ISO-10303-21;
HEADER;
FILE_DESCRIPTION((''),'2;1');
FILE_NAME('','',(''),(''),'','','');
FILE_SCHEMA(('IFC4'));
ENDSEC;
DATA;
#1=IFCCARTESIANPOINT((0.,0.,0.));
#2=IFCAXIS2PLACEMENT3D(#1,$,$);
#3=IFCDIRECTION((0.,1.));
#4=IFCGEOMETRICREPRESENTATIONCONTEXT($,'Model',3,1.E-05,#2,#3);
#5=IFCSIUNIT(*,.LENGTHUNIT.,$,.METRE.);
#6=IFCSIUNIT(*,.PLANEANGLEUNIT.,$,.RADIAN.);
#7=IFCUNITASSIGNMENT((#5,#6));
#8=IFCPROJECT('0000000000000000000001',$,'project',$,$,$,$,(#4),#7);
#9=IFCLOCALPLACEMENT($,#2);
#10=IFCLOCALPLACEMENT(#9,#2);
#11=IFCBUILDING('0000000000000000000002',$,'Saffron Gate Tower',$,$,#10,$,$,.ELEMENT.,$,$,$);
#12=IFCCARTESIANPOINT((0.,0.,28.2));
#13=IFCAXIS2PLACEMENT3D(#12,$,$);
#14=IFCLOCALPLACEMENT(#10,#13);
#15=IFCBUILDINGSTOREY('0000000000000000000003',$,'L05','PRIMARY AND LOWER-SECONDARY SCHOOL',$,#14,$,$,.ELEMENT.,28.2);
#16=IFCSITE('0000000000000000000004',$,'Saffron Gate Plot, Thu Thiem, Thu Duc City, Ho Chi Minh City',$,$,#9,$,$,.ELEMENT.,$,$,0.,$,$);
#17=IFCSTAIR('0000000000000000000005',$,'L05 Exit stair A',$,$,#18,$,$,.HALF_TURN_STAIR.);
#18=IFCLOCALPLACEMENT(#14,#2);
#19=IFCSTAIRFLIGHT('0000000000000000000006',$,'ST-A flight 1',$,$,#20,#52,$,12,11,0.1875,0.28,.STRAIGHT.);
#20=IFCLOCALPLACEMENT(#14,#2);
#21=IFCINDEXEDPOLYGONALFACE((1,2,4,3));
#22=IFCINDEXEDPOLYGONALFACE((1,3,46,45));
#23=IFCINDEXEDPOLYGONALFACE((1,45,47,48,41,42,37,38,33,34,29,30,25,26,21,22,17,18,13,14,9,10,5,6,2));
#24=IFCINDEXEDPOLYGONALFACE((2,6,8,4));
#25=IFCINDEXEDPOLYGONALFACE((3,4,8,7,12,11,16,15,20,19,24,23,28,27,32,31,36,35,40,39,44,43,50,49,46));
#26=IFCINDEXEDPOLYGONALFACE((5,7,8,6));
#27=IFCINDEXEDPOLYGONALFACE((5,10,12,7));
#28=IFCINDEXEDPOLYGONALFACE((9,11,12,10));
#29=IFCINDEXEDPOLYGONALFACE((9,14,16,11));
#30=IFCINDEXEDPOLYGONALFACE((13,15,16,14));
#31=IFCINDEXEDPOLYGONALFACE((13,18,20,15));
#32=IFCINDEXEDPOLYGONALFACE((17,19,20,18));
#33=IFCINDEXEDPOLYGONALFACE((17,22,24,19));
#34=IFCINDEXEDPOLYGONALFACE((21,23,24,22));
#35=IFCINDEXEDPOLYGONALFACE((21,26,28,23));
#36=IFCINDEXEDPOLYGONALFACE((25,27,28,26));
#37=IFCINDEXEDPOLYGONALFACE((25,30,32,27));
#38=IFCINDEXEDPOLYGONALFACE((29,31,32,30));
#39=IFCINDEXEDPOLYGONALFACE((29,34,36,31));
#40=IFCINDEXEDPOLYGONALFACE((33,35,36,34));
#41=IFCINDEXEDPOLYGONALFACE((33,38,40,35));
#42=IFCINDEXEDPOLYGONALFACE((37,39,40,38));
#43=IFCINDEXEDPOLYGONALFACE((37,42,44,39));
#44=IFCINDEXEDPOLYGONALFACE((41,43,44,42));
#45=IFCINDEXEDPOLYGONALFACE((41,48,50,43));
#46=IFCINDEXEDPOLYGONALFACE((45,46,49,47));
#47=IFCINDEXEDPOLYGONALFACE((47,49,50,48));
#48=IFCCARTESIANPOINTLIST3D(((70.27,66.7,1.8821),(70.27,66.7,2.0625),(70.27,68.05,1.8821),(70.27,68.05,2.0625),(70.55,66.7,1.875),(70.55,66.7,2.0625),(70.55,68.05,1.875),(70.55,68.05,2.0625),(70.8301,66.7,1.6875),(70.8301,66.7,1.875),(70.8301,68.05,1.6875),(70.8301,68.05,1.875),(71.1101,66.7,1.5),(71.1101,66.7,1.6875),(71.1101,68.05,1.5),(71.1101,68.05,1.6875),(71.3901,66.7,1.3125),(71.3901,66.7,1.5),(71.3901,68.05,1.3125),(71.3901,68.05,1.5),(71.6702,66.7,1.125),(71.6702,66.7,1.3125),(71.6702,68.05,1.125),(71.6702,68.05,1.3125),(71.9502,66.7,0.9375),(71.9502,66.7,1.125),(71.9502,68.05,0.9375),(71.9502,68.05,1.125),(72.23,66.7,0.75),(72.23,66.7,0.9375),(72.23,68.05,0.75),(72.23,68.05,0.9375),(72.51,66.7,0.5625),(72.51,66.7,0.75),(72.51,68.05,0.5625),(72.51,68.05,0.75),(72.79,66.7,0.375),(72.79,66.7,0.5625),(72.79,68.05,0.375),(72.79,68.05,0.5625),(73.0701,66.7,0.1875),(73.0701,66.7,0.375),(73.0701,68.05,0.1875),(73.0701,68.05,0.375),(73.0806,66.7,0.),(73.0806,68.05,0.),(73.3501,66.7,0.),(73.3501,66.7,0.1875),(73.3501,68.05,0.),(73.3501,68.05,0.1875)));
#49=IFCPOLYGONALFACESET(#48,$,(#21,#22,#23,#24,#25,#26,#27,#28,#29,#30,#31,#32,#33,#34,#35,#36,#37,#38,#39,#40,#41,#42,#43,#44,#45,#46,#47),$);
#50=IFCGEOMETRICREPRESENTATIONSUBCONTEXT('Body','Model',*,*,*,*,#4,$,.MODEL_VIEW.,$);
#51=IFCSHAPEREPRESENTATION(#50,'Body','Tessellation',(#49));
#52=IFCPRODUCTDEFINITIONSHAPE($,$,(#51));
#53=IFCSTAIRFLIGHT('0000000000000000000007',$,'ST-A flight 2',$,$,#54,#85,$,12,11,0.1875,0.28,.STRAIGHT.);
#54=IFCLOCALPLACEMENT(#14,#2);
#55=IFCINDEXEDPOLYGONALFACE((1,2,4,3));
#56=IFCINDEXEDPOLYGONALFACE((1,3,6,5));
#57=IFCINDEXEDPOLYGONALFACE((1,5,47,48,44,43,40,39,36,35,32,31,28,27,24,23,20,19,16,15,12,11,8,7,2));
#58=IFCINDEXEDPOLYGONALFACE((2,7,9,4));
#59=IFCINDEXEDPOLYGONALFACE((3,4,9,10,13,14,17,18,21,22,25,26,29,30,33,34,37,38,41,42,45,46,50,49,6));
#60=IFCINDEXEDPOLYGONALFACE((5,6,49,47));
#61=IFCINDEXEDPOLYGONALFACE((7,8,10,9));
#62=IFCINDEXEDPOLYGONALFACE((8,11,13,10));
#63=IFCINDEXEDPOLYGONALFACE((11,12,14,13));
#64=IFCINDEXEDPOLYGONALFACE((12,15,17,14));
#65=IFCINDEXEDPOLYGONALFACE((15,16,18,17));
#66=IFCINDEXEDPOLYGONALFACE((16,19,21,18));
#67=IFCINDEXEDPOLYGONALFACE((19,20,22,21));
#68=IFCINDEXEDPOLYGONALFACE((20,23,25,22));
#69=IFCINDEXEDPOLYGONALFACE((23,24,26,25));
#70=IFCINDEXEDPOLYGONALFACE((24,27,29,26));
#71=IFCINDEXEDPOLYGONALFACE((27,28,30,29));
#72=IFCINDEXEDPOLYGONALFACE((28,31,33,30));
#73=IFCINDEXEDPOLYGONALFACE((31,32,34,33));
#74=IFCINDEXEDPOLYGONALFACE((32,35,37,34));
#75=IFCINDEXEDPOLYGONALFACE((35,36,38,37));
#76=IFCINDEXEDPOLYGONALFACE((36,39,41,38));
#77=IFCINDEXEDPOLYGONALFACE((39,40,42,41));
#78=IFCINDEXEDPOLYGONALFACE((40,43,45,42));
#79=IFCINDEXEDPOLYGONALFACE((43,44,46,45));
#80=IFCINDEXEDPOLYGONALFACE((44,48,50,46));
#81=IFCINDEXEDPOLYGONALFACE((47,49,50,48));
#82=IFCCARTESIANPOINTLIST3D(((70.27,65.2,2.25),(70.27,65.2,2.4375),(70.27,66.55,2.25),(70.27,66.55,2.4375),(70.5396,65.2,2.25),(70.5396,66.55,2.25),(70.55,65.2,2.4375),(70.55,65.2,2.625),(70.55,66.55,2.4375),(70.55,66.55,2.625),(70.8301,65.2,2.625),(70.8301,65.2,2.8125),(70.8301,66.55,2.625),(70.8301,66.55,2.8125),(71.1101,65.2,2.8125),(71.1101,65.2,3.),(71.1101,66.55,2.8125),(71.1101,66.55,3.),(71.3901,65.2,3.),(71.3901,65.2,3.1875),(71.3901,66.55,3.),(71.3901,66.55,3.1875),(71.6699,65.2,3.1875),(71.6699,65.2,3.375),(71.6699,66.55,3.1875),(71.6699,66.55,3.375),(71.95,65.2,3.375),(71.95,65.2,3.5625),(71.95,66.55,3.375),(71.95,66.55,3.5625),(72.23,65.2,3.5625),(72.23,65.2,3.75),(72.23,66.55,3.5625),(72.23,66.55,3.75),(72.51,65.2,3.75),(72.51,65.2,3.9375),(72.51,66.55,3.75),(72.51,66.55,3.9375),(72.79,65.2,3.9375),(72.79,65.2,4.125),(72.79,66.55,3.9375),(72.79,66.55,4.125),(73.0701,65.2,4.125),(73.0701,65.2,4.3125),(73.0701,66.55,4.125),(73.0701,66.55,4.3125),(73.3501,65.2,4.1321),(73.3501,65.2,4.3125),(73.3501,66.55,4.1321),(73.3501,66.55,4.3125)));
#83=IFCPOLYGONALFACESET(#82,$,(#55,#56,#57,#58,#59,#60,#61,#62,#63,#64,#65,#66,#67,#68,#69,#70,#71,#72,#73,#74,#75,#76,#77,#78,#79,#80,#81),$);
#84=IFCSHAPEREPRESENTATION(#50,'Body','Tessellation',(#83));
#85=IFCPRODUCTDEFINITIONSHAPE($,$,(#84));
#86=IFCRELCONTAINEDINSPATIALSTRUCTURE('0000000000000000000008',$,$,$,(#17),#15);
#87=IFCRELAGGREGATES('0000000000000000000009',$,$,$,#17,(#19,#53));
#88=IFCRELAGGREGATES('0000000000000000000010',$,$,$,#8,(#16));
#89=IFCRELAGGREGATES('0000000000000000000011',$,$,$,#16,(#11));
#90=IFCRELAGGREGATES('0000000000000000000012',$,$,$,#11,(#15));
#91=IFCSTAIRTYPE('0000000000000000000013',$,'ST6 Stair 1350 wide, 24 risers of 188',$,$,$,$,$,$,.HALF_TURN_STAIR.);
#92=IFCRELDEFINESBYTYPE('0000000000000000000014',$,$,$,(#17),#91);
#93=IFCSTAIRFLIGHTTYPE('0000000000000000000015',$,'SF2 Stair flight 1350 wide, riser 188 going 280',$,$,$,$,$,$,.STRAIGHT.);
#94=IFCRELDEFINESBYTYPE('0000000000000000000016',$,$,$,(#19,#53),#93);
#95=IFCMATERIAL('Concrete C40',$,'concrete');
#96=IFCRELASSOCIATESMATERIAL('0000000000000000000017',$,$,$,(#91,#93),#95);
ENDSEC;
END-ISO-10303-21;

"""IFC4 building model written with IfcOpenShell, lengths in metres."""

from ifc_helpers import new_model, si_unit, direction, frame, origin, place, context, subcontext, project, spatial, polyline, outline, extrude, material, type_object, element, aggregate, save


model = new_model("IFC4")

# Units and contexts
model_context = context("Model", 3, precision=1e-05, world=origin(), true_north=direction((0.0, 1.0)))
body_context = subcontext(model_context, "Body", "Model", "MODEL_VIEW")
ifc_project = project(units=[si_unit("LENGTHUNIT", "METRE"), si_unit("PLANEANGLEUNIT", "RADIAN")], contexts=[model_context])

# Site, building, storey
site_placement = place(None, origin())
site = spatial("IfcSite", under=ifc_project, at=site_placement, Name="Saffron Gate Plot, Thu Thiem, Thu Duc City, Ho Chi Minh City", CompositionType="ELEMENT", RefElevation=0.0)
building_placement = place(site_placement, origin())
building = spatial("IfcBuilding", under=site, at=building_placement, Name="Saffron Gate Tower", CompositionType="ELEMENT")
storey_placement = place(building_placement, frame((0.0, 0.0, 28.2)))
storey = spatial("IfcBuildingStorey", under=building, at=storey_placement, Name="L05", Description="PRIMARY AND LOWER-SECONDARY SCHOOL", CompositionType="ELEMENT", Elevation=28.2)

# Stair, stair flights
ifc_material_1 = material(Name="Concrete C40", Category="concrete")
stair_type = type_object("IfcStairType", Name="ST6 Stair 1350 wide, 24 risers of 188", PredefinedType="HALF_TURN_STAIR", material=ifc_material_1)
stair_placement = place(storey_placement, origin())
stair = element("IfcStair", 1, at=stair_placement, inside=storey, type_object=stair_type, Name="L05 Exit stair A", PredefinedType="HALF_TURN_STAIR")
stair_flight_type = type_object("IfcStairFlightType", Name="SF2 Stair flight 1350 wide, riser 188 going 280", PredefinedType="STRAIGHT", material=ifc_material_1)
stair_flight_1_placement = place(storey_placement, frame((73.3501, 67.375, 0.0), z_axis=(0.0, 0.0, 1.0), x_axis=(-1.0, 0.0, 0.0)))
stair_flight_1 = element("IfcStairFlight", 2, at=stair_flight_1_placement, type_object=stair_flight_type, Name="ST-A flight 1", NumberOfRisers=12, NumberOfTreads=11, PredefinedType="STRAIGHT", RiserHeight=0.1875, TreadLength=0.28, context=body_context, shape_type="SweptSolid", body=[
    extrude(outline(polyline([(0.0, 0.0), (0.0, 0.1875), (0.28, 0.1875), (0.28, 0.375), (0.5601, 0.375), (0.5601, 0.5625), (0.8401, 0.5625), (0.8401, 0.75), (1.1201, 0.75), (1.1201, 0.9375), (1.3999, 0.9375), (1.3999, 1.125), (1.6799, 1.125), (1.6799, 1.3125), (1.96, 1.3125), (1.96, 1.5), (2.24, 1.5), (2.24, 1.6875), (2.52, 1.6875), (2.52, 1.875), (2.8, 1.875), (2.8, 2.0625), (3.0801, 2.0625), (3.0801, 2.25), (3.0801, 1.8821), (0.2695, 0.0), (0.0, 0.0)])), frame((0.0, 0.675, 0.0), z_axis=(0.0, -1.0, 0.0), x_axis=(1.0, 0.0, 0.0)), (0.0, 0.0, 1.0), 1.3501),
])
stair_flight_2_placement = place(storey_placement, frame((70.27, 65.875, 2.25), z_axis=(0.0, 0.0, 1.0), x_axis=(1.0, 0.0, 0.0)))
stair_flight_2 = element("IfcStairFlight", 3, at=stair_flight_2_placement, type_object=stair_flight_type, Name="ST-A flight 2", NumberOfRisers=12, NumberOfTreads=11, PredefinedType="STRAIGHT", RiserHeight=0.1875, TreadLength=0.28, context=body_context, shape_type="SweptSolid", body=[
    extrude(outline(polyline([(0.0, 0.0), (0.0, 0.1875), (0.28, 0.1875), (0.28, 0.375), (0.5601, 0.375), (0.5601, 0.5625), (0.8401, 0.5625), (0.8401, 0.75), (1.1201, 0.75), (1.1201, 0.9375), (1.3999, 0.9375), (1.3999, 1.125), (1.6799, 1.125), (1.6799, 1.3125), (1.96, 1.3125), (1.96, 1.5), (2.24, 1.5), (2.24, 1.6875), (2.52, 1.6875), (2.52, 1.875), (2.8, 1.875), (2.8, 2.0625), (3.0801, 2.0625), (3.0801, 2.25), (3.0801, 1.8821), (0.2695, 0.0), (0.0, 0.0)])), frame((0.0, 0.675, 0.0), z_axis=(0.0, -1.0, 0.0), x_axis=(1.0, 0.0, 0.0)), (0.0, 0.0, 1.0), 1.3501),
])
aggregate(stair, [stair_flight_1, stair_flight_2])

save(model, "model.ifc")
